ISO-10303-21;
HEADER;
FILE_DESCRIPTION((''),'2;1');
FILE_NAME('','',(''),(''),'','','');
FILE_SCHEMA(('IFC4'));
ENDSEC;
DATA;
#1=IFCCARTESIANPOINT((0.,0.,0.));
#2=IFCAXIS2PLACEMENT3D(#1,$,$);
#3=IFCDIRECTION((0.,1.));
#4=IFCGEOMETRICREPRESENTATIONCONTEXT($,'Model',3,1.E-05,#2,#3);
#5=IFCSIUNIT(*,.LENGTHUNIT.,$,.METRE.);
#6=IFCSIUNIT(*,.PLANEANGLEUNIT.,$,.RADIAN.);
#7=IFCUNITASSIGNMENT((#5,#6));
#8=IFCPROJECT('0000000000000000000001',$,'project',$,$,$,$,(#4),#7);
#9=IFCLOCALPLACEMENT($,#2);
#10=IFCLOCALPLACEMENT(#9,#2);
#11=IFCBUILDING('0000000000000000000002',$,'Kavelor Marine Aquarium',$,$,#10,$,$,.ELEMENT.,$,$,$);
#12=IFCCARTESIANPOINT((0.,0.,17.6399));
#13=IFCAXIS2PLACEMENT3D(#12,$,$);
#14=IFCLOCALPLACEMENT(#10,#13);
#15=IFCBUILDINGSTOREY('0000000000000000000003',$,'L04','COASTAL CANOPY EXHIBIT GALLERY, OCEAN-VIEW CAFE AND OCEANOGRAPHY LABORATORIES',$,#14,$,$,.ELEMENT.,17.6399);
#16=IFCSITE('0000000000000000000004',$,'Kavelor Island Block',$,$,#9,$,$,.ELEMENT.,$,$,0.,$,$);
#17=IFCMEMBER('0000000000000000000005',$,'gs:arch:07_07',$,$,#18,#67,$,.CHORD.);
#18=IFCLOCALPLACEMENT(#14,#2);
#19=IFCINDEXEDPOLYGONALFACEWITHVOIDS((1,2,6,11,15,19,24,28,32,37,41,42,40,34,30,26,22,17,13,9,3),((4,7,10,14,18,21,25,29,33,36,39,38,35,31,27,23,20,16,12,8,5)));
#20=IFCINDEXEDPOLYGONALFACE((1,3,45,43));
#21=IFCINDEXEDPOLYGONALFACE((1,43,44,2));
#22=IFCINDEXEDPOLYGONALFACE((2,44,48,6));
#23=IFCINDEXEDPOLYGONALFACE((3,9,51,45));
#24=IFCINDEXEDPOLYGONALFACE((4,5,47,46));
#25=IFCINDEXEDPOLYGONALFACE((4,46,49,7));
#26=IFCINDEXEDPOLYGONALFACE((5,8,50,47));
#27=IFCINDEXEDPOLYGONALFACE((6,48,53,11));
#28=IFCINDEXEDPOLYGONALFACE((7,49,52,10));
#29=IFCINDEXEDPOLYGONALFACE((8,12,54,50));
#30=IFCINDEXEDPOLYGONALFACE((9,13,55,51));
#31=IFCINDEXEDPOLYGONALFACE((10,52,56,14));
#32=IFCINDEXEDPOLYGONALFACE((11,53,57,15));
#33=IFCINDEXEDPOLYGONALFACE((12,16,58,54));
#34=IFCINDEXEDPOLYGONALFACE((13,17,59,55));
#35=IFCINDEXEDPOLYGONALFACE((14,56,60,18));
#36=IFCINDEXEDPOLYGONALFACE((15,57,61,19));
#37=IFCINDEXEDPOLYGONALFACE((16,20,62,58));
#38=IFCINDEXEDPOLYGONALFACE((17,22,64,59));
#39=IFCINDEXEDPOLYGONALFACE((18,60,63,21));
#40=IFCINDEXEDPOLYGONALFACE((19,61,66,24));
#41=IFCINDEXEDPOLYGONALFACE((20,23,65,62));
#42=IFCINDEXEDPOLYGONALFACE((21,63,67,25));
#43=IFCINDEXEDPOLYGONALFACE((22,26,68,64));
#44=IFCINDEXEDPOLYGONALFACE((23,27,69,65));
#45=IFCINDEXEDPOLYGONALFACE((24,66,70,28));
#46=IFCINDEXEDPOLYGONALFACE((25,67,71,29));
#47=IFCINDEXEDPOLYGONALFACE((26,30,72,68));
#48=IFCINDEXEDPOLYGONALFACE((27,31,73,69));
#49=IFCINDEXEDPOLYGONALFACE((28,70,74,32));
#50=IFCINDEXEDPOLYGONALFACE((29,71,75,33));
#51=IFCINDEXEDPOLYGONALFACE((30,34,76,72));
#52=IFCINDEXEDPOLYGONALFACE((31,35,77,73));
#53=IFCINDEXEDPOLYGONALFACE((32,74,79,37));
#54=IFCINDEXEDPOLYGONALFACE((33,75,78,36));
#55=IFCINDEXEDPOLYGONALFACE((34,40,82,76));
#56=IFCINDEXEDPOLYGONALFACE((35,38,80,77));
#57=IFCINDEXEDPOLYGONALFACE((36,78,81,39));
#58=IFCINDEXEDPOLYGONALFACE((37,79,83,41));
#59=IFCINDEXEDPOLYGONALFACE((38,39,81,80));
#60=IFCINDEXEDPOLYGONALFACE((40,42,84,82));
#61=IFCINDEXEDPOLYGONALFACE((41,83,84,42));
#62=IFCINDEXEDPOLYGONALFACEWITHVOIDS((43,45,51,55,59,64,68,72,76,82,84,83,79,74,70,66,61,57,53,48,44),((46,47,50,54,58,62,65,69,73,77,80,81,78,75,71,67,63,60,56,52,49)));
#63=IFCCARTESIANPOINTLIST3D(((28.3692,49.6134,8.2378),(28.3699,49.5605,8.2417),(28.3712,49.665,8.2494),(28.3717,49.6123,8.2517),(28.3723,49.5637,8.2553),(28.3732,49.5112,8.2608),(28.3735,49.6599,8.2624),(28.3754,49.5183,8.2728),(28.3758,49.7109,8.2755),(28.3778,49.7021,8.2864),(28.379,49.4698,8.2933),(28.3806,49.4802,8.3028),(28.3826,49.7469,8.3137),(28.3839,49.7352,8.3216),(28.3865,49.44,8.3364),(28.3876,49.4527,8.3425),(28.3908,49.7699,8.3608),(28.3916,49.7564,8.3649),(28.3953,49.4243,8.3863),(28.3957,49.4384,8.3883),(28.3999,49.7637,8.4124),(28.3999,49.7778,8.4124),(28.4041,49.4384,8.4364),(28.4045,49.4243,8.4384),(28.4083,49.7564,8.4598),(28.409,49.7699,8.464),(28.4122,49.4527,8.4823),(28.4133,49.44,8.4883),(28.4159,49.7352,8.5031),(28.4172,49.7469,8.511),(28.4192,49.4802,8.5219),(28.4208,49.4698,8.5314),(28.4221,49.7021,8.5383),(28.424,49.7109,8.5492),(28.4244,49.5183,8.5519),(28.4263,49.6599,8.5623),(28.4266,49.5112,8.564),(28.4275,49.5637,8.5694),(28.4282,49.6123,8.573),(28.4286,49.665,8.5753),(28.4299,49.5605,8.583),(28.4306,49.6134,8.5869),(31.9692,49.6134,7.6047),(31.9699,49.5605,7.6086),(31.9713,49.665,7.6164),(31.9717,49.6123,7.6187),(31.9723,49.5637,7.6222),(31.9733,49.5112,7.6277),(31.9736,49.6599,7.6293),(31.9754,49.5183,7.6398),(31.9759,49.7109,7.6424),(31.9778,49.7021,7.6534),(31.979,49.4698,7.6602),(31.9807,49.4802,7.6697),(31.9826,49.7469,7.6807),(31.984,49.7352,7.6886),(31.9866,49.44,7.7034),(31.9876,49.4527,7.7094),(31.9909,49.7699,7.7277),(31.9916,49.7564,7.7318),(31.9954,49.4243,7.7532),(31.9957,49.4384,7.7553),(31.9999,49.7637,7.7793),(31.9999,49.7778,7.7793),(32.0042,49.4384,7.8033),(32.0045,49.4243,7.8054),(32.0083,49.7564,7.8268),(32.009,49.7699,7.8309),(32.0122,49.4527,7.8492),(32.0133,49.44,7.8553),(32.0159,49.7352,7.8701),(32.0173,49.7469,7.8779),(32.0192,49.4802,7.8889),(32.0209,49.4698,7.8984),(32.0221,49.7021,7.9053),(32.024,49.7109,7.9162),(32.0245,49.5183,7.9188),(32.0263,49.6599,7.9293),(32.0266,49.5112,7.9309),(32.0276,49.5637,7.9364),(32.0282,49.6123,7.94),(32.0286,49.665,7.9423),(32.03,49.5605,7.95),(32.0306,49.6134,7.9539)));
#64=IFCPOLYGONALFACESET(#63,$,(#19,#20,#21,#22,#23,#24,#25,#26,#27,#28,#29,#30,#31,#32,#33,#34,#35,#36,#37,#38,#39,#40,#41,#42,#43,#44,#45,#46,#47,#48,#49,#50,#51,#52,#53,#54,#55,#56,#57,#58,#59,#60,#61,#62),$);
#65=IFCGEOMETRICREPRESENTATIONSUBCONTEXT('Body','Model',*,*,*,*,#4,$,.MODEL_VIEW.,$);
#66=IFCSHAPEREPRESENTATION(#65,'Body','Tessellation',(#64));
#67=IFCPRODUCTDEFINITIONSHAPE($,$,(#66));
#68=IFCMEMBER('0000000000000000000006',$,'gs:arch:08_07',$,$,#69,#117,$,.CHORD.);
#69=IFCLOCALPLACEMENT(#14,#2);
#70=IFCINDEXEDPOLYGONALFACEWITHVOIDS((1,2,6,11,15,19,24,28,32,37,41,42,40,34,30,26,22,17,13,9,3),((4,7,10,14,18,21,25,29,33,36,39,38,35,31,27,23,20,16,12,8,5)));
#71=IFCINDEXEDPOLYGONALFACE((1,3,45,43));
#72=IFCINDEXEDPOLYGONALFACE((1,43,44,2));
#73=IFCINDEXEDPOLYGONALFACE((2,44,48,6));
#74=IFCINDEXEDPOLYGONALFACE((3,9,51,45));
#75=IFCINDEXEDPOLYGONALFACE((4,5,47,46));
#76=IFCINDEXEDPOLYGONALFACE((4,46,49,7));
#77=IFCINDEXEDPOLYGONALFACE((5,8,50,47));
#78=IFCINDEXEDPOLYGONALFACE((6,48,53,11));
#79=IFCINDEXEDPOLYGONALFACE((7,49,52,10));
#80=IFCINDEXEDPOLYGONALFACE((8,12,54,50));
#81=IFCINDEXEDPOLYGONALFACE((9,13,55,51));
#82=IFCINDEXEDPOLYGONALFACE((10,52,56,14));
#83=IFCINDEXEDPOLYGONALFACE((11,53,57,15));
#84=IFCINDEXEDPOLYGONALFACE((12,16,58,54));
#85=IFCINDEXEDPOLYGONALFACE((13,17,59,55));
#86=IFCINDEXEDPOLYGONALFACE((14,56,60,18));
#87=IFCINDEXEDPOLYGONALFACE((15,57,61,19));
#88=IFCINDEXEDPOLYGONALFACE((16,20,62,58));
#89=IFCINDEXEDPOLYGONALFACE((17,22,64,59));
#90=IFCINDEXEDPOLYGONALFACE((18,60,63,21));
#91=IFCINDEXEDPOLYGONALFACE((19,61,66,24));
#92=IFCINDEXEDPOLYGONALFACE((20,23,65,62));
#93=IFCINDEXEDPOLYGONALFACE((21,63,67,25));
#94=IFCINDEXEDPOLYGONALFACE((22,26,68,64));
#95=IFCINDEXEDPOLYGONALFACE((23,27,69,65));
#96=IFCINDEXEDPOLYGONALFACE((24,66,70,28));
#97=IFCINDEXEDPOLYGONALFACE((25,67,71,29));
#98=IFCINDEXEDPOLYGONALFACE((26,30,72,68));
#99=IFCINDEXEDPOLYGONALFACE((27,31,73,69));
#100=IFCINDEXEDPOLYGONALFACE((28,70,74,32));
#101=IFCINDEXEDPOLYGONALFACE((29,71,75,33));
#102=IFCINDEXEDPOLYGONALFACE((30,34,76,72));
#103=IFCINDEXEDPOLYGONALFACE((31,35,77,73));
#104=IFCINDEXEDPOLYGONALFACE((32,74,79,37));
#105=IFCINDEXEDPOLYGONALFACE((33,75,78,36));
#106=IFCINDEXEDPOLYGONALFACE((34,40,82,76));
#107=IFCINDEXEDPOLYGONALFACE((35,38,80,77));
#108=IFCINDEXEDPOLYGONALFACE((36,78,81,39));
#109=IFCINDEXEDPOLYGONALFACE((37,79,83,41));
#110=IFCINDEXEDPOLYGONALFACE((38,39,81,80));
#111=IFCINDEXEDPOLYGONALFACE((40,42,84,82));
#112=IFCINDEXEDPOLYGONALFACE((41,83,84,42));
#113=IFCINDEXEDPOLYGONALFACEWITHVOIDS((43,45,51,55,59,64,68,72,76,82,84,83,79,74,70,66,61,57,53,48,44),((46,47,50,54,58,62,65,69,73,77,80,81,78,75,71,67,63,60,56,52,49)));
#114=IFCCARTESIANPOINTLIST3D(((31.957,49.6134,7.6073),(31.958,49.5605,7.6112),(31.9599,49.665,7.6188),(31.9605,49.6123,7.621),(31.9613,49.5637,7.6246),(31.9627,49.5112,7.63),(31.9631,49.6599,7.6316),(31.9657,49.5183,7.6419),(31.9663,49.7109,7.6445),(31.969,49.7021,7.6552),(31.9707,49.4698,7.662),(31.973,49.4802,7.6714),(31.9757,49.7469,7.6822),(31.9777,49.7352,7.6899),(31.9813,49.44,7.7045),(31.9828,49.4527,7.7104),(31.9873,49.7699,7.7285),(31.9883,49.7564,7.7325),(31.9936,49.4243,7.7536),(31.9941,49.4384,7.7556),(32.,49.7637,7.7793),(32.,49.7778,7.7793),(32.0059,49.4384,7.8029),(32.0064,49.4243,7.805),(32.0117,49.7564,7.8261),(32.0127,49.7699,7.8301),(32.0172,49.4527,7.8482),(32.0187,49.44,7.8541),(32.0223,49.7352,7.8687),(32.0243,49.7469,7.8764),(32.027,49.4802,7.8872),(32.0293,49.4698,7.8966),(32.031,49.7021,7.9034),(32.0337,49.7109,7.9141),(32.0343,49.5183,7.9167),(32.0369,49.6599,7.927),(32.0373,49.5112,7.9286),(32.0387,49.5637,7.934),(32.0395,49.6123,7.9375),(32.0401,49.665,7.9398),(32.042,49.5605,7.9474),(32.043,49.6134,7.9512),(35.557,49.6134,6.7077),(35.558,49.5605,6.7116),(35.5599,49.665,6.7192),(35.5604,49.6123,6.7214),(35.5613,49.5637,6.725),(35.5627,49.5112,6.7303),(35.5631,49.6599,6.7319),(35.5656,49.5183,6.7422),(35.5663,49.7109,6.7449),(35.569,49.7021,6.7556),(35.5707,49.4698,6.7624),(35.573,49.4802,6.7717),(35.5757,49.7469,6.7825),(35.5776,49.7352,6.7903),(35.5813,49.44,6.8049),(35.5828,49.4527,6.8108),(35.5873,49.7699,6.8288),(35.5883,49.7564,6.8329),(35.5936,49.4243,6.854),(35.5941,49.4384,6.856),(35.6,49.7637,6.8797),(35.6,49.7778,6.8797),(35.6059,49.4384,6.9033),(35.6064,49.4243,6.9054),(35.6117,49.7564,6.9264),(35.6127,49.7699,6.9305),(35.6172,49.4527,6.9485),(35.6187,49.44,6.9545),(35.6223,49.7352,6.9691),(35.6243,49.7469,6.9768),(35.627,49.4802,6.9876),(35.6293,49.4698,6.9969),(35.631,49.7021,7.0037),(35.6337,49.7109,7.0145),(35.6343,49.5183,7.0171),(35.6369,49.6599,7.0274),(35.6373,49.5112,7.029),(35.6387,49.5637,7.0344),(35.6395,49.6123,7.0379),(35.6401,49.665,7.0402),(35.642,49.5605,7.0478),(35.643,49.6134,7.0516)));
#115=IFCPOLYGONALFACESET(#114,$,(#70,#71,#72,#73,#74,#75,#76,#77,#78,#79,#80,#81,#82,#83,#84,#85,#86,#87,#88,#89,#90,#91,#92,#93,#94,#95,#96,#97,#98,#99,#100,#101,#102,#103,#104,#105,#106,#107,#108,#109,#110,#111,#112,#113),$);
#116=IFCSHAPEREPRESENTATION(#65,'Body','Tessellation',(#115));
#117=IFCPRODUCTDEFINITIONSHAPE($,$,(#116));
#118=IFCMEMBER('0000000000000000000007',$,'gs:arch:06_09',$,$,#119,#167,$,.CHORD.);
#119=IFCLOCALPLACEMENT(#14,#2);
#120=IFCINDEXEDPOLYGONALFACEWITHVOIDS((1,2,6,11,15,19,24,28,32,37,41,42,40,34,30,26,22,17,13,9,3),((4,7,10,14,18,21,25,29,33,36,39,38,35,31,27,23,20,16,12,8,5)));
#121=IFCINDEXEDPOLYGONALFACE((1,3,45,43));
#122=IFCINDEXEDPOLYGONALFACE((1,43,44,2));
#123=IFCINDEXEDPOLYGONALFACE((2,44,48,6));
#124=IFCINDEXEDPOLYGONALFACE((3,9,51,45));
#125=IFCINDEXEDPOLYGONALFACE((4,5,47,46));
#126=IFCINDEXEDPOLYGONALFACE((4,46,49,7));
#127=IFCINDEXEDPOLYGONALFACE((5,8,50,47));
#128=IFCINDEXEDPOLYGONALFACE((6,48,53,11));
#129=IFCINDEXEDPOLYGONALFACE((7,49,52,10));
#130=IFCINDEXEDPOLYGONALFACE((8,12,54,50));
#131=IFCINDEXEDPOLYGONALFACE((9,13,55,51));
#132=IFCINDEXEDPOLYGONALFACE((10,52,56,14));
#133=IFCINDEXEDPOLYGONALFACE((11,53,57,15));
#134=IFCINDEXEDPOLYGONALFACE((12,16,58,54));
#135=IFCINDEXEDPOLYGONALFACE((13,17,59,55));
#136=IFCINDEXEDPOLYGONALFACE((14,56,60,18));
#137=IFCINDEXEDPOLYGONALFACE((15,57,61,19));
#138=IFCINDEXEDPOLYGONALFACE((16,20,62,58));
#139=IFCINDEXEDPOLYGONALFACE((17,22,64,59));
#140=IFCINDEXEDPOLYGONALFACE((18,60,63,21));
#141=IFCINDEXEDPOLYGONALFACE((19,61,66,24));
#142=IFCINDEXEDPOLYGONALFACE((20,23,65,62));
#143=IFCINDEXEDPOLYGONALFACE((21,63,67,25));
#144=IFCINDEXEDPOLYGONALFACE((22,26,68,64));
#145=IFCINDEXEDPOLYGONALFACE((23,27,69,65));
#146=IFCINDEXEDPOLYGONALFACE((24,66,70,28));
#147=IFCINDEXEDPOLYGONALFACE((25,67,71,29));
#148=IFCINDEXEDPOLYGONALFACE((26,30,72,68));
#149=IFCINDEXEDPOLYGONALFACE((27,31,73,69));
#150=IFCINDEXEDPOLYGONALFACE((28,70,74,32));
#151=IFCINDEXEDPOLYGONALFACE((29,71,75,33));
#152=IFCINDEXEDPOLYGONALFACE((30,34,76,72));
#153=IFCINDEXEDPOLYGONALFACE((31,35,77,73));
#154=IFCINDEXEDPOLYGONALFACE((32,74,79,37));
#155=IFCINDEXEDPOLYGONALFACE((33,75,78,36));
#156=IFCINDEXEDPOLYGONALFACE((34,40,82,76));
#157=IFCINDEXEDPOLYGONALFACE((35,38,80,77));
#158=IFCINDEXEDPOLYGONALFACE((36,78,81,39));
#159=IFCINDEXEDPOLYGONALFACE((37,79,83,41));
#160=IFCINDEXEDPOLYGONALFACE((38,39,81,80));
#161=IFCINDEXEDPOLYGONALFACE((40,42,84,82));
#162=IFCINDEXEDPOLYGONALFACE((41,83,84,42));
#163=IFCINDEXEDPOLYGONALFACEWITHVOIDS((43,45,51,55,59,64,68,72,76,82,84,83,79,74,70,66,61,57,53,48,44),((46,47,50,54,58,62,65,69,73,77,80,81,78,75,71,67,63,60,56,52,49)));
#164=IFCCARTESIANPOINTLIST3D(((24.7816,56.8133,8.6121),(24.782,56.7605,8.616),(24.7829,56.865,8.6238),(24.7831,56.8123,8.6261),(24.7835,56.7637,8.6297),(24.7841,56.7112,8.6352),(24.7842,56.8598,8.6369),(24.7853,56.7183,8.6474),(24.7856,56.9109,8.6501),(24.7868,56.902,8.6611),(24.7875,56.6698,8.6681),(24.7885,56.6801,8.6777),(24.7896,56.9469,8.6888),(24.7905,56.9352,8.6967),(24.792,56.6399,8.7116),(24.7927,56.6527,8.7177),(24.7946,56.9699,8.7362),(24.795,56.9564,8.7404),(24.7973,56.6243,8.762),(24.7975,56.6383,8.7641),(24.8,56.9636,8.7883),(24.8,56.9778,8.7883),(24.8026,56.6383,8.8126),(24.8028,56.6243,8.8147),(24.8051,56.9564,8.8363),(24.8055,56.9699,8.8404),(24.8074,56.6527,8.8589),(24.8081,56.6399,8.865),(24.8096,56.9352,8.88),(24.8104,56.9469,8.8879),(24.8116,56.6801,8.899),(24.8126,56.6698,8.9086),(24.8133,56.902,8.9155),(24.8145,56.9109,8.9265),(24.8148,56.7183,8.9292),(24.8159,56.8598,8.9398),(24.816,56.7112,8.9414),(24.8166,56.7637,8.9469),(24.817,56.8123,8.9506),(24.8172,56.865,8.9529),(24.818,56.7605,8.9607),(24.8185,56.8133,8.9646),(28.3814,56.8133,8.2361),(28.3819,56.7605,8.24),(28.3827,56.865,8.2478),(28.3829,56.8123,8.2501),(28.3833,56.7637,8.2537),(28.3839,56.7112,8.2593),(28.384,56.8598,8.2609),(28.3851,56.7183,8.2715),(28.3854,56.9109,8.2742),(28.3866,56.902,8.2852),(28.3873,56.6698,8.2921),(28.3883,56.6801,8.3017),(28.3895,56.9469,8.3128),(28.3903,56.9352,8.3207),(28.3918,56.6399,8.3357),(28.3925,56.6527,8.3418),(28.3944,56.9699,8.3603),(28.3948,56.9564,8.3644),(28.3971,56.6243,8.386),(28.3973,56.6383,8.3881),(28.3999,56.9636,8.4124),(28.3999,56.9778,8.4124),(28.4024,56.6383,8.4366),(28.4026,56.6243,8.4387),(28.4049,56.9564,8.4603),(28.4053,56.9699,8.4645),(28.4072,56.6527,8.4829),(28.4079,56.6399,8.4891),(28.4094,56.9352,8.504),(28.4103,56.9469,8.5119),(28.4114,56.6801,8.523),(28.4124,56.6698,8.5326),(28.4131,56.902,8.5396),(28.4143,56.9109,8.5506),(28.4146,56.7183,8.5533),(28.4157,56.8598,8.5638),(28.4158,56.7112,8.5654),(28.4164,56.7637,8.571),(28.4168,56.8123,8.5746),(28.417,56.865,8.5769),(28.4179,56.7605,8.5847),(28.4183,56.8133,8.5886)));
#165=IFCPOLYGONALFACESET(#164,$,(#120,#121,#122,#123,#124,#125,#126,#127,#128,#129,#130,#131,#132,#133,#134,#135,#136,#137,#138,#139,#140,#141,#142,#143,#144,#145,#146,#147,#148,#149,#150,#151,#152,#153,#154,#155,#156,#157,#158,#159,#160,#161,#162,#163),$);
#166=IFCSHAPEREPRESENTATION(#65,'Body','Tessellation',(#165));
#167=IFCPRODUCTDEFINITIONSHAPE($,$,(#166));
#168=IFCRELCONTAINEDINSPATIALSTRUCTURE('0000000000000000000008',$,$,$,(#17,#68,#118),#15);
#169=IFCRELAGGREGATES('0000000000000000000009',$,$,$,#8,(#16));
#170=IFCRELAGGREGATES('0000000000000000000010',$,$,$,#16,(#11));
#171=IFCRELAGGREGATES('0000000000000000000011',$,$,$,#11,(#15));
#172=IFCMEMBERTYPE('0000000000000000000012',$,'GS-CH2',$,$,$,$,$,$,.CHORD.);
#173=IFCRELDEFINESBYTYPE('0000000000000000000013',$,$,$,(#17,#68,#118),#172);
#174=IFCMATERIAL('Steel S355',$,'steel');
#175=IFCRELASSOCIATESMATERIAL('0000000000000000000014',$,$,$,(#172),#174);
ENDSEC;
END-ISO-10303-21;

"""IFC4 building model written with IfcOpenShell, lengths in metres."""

from ifc_helpers import new_model, si_unit, direction, frame, origin, origin_2d, place, context, subcontext, project, spatial, hollow_circle, extrude, material, material_profile, profile_set, type_object, element, save


model = new_model("IFC4")

# Units and contexts
model_context = context("Model", 3, precision=1e-05, world=origin(), true_north=direction((0.0, 1.0)))
body_context = subcontext(model_context, "Body", "Model", "MODEL_VIEW")
ifc_project = project(units=[si_unit("LENGTHUNIT", "METRE"), si_unit("PLANEANGLEUNIT", "RADIAN")], contexts=[model_context])

# Site, building, storey
site_placement = place(None, origin())
site = spatial("IfcSite", under=ifc_project, at=site_placement, Name="Kavelor Island Block", CompositionType="ELEMENT", RefElevation=0.0)
building_placement = place(site_placement, origin())
building = spatial("IfcBuilding", under=site, at=building_placement, Name="Kavelor Marine Aquarium", CompositionType="ELEMENT")
storey_placement = place(building_placement, frame((0.0, 0.0, 17.6399)))
storey = spatial("IfcBuildingStorey", under=building, at=storey_placement, Name="L04", Description="COASTAL CANOPY EXHIBIT GALLERY, OCEAN-VIEW CAFE AND OCEANOGRAPHY LABORATORIES", CompositionType="ELEMENT", Elevation=17.6399)

# Members
ifc_material_1 = material(Name="Steel S355", Category="steel")
ifc_material_profile_1 = material_profile(ifc_material_1, hollow_circle(Radius=0.1777, WallThickness=0.0142, at=origin_2d()), Name="CHS 355.6x14.2")
ifc_profile_set_1 = profile_set([ifc_material_profile_1], Name="Steel S355")
member_type_1 = type_object("IfcMemberType", Name="GS-CH2", PredefinedType="CHORD", material=ifc_profile_set_1)
member_1_placement = place(storey_placement, frame((28.3999, 49.6001, 8.4124), z_axis=(0.984889, 0.0, -0.173187), x_axis=(0.0, 1.0, 0.0)))
element("IfcMember", 1, at=member_1_placement, inside=storey, type_object=member_type_1, Name="gs:arch:07_07", PredefinedType="CHORD", context=body_context, shape_type="SweptSolid", body=[
    extrude(hollow_circle(Radius=0.1777, WallThickness=0.0142, at=origin_2d()), origin(), (0.0, 0.0, 1.0), 3.6553),
])
member_2_placement = place(storey_placement, frame((32.0, 49.6001, 7.7793), z_axis=(0.970166, 0.0, -0.242443), x_axis=(0.0, 1.0, 0.0)))
element("IfcMember", 2, at=member_2_placement, inside=storey, type_object=member_type_1, Name="gs:arch:08_07", PredefinedType="CHORD", context=body_context, shape_type="SweptSolid", body=[
    extrude(hollow_circle(Radius=0.1777, WallThickness=0.0142, at=origin_2d()), origin(), (0.0, 0.0, 1.0), 3.7107),
])
member_3_placement = place(storey_placement, frame((24.8, 56.8, 8.7883), z_axis=(0.99459, 0.0, -0.103877), x_axis=(0.0, 1.0, 0.0)))
element("IfcMember", 3, at=member_3_placement, inside=storey, type_object=member_type_1, Name="gs:arch:06_09", PredefinedType="CHORD", context=body_context, shape_type="SweptSolid", body=[
    extrude(hollow_circle(Radius=0.1777, WallThickness=0.0142, at=origin_2d()), origin(), (0.0, 0.0, 1.0), 3.6194),
])

save(model, "model.ifc")
